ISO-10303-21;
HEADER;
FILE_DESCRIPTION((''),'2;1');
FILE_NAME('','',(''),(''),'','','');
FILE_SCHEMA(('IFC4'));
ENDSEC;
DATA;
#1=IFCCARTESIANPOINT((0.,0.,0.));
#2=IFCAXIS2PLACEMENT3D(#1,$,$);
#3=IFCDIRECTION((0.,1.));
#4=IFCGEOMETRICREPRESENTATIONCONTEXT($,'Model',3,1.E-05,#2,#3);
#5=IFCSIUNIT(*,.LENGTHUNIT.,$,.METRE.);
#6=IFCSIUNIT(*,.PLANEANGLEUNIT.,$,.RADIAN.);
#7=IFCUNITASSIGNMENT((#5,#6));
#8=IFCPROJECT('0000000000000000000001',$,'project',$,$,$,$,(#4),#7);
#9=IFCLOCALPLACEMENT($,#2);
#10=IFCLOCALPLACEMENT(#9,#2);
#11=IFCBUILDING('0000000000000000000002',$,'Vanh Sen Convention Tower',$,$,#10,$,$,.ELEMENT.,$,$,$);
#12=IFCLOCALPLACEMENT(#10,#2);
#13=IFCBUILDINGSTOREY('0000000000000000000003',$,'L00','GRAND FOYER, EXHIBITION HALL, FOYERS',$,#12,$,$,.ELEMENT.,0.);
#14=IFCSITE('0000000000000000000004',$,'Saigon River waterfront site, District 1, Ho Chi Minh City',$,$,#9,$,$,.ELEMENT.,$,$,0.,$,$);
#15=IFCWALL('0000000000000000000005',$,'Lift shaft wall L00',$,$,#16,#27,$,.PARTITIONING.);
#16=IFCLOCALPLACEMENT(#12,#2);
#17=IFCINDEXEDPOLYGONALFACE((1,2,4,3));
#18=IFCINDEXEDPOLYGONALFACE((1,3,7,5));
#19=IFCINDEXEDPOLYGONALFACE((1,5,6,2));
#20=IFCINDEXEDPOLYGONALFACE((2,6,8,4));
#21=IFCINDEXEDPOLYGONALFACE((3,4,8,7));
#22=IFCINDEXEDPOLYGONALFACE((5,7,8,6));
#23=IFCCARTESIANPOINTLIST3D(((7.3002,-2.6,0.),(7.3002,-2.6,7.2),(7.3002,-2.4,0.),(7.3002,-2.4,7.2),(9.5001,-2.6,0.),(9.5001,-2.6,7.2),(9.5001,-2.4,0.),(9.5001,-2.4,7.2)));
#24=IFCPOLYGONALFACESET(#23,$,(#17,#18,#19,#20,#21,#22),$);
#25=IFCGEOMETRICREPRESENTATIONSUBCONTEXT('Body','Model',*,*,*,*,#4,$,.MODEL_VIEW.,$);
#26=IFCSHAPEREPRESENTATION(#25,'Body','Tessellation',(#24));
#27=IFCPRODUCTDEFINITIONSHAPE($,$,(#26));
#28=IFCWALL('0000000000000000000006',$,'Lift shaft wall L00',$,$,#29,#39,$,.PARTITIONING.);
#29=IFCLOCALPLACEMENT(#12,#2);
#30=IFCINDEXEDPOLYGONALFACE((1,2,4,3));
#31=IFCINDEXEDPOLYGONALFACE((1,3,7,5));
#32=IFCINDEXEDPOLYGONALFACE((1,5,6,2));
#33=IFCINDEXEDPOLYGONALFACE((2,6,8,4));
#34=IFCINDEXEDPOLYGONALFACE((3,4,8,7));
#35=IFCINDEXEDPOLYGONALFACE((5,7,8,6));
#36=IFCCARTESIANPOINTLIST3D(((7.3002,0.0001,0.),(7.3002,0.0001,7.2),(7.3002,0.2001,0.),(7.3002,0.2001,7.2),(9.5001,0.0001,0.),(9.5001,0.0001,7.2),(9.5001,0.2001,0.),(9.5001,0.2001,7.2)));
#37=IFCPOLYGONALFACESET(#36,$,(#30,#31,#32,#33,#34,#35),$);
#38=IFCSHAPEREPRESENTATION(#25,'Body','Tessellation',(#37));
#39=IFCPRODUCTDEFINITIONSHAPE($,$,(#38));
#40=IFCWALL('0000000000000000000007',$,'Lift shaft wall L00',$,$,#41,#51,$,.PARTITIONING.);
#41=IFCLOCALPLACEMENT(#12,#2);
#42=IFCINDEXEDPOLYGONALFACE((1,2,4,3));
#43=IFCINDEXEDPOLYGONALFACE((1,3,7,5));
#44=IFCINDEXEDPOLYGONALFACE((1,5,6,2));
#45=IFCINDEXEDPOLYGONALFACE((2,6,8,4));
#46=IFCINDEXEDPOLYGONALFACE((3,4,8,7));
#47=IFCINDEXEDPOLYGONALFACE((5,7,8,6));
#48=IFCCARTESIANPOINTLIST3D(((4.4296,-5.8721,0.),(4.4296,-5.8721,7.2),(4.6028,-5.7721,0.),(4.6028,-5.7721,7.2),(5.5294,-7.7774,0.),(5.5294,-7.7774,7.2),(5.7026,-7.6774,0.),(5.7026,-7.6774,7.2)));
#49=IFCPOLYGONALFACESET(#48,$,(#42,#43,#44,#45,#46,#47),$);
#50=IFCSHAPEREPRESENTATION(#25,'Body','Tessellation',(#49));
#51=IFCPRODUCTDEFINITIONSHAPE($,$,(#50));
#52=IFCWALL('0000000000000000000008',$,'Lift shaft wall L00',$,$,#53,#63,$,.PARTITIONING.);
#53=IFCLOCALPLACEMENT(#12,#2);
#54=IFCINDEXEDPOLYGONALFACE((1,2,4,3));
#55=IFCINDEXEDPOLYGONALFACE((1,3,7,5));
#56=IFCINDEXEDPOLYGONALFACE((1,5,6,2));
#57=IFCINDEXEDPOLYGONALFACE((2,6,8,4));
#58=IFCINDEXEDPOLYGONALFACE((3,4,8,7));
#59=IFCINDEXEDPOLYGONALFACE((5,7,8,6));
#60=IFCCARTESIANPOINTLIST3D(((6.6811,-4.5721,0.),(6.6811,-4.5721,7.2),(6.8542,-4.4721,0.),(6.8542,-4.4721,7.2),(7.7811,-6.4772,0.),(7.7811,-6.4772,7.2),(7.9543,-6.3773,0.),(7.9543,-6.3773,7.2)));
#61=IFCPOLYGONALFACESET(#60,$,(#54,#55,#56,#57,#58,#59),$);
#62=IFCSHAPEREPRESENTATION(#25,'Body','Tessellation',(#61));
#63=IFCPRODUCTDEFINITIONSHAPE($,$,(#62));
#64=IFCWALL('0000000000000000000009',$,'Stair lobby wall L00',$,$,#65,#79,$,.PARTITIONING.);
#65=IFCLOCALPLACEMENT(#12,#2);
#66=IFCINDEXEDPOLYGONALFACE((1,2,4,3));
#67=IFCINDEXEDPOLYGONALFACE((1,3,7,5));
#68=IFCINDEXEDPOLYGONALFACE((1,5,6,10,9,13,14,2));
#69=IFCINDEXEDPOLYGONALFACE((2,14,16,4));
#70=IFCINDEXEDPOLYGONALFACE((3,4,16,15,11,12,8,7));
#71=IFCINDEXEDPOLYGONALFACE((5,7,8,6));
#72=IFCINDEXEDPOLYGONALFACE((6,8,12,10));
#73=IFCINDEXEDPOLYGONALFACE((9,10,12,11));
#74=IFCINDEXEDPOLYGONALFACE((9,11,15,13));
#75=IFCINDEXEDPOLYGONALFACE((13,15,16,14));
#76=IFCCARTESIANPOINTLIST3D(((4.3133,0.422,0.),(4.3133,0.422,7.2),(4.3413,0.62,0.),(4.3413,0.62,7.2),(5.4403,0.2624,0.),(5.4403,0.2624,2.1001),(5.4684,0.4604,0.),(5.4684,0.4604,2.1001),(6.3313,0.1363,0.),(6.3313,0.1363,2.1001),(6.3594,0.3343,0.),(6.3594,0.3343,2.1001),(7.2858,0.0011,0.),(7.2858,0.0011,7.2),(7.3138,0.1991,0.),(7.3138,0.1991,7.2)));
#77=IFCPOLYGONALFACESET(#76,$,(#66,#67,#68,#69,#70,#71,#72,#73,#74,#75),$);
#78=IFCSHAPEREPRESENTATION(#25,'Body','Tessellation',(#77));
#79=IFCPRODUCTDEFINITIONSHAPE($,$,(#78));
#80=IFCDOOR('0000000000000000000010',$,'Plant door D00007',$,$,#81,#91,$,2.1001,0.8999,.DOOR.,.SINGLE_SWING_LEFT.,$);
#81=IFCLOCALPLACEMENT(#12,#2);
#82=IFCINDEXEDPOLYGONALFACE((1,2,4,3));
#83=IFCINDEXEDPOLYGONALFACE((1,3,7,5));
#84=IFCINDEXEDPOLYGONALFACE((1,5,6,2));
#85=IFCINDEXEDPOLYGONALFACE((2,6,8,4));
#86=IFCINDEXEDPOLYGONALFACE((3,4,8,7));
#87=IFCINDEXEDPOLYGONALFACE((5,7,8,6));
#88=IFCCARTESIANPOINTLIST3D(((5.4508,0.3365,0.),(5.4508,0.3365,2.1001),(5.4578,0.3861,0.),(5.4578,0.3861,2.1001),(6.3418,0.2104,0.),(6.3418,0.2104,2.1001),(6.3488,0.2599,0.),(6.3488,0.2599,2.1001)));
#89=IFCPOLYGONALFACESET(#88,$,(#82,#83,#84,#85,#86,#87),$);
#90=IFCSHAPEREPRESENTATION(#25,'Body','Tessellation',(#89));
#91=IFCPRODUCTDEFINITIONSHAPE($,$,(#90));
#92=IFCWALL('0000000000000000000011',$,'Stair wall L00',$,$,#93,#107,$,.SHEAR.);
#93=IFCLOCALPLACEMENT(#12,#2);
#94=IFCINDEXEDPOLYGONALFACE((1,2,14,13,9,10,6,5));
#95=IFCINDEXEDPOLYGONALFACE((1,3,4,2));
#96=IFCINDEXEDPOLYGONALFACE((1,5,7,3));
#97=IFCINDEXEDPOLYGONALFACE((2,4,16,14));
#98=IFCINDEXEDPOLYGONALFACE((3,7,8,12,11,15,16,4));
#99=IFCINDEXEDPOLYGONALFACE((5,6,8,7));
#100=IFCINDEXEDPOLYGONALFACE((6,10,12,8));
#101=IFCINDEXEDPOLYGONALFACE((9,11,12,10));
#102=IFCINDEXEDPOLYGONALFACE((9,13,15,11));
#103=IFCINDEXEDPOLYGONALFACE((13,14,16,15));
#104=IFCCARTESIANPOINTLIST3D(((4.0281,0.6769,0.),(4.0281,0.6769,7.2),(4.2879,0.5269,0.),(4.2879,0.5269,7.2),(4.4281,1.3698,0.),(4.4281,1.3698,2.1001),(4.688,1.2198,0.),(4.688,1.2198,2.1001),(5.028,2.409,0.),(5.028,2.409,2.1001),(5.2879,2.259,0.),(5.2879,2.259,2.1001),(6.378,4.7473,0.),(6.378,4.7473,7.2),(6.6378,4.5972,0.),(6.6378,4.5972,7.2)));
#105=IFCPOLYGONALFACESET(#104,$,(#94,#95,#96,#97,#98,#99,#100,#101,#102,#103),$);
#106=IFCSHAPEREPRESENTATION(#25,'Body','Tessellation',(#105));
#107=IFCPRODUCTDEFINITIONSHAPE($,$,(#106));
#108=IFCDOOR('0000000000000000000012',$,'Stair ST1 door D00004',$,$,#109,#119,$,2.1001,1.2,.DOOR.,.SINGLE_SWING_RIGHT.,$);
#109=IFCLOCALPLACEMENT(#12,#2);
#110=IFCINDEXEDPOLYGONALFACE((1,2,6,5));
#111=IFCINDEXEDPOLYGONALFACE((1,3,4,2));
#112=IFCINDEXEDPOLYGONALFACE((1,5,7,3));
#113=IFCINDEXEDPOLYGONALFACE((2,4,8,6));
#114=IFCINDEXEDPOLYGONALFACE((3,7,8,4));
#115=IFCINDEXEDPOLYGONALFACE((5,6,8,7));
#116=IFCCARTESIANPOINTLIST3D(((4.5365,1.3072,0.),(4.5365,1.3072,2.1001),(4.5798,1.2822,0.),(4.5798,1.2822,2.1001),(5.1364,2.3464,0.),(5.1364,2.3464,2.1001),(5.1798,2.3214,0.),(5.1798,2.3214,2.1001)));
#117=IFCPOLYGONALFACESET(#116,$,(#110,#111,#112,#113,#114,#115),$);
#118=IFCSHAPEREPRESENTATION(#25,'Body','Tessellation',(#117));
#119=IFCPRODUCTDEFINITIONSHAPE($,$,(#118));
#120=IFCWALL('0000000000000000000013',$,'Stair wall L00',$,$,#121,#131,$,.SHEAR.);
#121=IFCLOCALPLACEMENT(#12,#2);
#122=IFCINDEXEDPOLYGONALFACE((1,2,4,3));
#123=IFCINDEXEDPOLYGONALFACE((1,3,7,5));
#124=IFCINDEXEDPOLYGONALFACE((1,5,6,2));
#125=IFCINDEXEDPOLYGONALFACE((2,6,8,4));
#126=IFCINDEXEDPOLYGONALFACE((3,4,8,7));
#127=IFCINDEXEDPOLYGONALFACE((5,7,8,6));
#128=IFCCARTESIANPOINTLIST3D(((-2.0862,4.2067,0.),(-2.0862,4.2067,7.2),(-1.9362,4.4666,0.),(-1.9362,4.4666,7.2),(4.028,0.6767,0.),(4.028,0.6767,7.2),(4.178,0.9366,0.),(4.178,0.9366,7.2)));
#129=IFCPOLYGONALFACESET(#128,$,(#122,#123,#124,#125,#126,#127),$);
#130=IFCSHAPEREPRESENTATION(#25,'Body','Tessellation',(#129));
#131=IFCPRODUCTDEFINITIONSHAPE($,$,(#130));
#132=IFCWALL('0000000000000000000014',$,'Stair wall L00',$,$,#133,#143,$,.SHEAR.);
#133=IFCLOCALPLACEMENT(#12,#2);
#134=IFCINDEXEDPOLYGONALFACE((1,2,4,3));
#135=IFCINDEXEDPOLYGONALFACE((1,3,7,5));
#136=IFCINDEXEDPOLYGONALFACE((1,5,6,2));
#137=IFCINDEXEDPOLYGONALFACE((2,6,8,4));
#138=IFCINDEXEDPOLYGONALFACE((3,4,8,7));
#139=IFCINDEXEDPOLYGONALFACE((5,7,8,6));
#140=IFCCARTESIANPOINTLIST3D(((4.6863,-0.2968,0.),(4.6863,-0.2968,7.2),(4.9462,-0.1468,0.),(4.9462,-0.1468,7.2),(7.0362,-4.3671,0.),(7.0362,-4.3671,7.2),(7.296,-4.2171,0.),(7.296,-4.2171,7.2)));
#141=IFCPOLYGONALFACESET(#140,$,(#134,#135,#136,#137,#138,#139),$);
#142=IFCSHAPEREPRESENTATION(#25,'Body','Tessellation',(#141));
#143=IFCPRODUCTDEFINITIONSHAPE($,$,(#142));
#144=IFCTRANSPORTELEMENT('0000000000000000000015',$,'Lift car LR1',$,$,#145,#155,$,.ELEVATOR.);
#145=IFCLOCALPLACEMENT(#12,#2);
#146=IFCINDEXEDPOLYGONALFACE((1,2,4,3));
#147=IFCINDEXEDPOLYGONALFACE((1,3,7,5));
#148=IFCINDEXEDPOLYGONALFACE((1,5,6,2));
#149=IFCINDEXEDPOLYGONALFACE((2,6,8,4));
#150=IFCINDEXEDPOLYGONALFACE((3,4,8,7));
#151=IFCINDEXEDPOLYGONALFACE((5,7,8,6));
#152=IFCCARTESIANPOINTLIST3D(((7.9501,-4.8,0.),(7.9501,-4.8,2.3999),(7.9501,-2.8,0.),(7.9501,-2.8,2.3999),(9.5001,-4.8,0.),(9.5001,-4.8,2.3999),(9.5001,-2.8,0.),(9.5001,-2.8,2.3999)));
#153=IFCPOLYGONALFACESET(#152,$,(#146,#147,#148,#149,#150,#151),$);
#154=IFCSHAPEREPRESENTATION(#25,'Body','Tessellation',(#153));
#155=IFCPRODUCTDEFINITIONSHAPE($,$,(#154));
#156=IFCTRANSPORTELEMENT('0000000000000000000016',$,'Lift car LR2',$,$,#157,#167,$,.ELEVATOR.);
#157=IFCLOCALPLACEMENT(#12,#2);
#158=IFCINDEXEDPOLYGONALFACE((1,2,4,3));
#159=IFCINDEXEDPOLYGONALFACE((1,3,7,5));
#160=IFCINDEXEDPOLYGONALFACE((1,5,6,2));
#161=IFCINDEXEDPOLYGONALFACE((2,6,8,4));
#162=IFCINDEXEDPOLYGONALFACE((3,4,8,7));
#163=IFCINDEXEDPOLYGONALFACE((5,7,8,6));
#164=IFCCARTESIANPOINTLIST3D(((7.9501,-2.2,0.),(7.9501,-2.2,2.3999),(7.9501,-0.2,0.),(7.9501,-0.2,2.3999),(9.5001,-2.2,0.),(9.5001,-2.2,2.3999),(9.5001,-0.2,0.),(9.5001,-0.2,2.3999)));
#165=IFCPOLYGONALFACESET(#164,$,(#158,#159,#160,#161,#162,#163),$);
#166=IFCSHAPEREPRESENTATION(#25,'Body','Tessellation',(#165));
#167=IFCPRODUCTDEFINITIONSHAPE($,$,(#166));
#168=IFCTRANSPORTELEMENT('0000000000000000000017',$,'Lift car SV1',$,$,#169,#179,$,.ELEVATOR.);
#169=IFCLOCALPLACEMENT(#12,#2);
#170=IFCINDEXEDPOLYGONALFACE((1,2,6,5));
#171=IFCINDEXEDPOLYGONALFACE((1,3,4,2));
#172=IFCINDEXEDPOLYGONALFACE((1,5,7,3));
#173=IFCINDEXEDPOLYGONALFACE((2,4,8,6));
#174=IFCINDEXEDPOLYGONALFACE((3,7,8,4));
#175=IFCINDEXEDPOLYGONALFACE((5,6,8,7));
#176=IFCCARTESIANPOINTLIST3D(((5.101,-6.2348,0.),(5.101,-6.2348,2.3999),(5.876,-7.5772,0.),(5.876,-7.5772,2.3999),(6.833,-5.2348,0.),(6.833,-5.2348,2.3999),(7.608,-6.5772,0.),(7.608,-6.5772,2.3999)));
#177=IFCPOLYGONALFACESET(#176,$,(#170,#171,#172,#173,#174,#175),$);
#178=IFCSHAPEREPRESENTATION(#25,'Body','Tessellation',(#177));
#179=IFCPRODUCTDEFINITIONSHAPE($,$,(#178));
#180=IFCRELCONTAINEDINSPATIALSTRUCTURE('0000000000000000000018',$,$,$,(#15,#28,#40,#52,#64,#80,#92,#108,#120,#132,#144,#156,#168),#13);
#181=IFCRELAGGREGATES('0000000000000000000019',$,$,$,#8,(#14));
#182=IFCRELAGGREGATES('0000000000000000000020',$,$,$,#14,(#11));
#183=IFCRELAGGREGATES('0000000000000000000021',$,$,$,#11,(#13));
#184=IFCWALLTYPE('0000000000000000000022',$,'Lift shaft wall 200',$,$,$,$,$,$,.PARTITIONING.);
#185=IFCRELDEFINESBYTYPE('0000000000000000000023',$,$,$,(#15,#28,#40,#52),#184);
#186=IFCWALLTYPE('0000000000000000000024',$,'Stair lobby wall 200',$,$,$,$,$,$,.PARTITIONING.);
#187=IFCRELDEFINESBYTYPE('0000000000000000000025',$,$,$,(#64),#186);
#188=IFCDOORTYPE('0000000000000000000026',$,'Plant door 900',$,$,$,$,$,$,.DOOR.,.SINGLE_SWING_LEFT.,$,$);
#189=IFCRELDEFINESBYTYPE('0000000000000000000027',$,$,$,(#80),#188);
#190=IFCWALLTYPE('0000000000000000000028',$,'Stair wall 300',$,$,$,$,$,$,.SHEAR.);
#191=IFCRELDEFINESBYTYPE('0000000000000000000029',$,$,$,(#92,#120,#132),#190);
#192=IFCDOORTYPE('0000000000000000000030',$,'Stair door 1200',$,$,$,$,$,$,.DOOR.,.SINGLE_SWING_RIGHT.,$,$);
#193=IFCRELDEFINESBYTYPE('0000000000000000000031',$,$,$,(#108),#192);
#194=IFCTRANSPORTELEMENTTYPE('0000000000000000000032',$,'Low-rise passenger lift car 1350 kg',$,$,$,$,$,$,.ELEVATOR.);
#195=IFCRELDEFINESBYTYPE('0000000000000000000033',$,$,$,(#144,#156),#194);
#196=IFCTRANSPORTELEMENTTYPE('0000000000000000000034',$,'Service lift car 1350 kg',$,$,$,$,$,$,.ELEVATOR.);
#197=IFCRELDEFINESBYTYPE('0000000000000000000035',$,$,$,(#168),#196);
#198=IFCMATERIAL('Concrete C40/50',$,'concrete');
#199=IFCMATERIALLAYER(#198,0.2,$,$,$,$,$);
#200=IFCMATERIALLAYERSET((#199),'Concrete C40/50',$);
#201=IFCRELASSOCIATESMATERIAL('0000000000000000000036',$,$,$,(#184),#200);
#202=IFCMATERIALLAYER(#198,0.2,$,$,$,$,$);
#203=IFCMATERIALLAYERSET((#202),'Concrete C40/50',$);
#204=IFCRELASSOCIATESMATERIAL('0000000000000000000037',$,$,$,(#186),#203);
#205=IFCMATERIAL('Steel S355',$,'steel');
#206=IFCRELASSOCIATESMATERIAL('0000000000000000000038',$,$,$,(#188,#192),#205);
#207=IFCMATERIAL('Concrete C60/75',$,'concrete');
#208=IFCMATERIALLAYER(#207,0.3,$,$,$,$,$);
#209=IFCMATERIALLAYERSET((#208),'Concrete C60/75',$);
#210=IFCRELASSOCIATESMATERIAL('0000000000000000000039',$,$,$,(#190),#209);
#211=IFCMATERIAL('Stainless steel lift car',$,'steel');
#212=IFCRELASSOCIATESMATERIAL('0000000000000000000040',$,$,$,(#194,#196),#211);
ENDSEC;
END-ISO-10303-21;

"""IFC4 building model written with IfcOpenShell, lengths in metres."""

from ifc_helpers import new_model, si_unit, direction, frame, frame_2d, origin, origin_2d, place, context, subcontext, project, spatial, rectangle, extrude, material, layer, layer_set, type_object, element, fill, save


model = new_model("IFC4")

# Units and contexts
model_context = context("Model", 3, precision=1e-05, world=origin(), true_north=direction((0.0, 1.0)))
body_context = subcontext(model_context, "Body", "Model", "MODEL_VIEW")
ifc_project = project(units=[si_unit("LENGTHUNIT", "METRE"), si_unit("PLANEANGLEUNIT", "RADIAN")], contexts=[model_context])

# Site, building, storey
site_placement = place(None, origin())
site = spatial("IfcSite", under=ifc_project, at=site_placement, Name="Saigon River waterfront site, District 1, Ho Chi Minh City", CompositionType="ELEMENT", RefElevation=0.0)
building_placement = place(site_placement, origin())
building = spatial("IfcBuilding", under=site, at=building_placement, Name="Vanh Sen Convention Tower", CompositionType="ELEMENT")
storey_placement = place(building_placement, origin())
storey = spatial("IfcBuildingStorey", under=building, at=storey_placement, Name="L00", Description="GRAND FOYER, EXHIBITION HALL, FOYERS", CompositionType="ELEMENT", Elevation=0.0)

# Shared definitions
ifc_material_1 = material(Name="Concrete C40/50", Category="concrete")

# Shared definitions
ifc_material_2 = material(Name="Steel S355", Category="steel")

# Shared definitions
ifc_material_3 = material(Name="Concrete C60/75", Category="concrete")

# Walls
ifc_layer_1 = layer(ifc_material_1, 0.2)
ifc_layer_set_1 = layer_set([ifc_layer_1], Name="Concrete C40/50")
wall_type_1 = type_object("IfcWallType", Name="Lift shaft wall 200", PredefinedType="PARTITIONING", material=ifc_layer_set_1)
for number, where, z_axis, x_axis, name in (
    (1, (7.3, -2.5, 0.0), (0.0, 0.0, 1.0), (1.0, 0.0, 0.0), "Lift shaft wall L00"),
    (2, (7.3, 0.1001, 0.0), (0.0, 0.0, 1.0), (1.0, 0.0, 0.0), "Lift shaft wall L00"),
    (3, (4.5161, -5.822, 0.0), (0.0, 0.0, 1.0), (0.499947, -0.866056, 0.0), "Lift shaft wall L00"),
    (4, (6.7676, -4.522, 0.0), (0.0, 0.0, 1.0), (0.50003, -0.866008, 0.0), "Lift shaft wall L00"),
):
    element("IfcWall", number, at=place(storey_placement, frame(where, z_axis=z_axis, x_axis=x_axis)), inside=storey, type_object=wall_type_1, Name=name, PredefinedType="PARTITIONING", context=body_context, shape_type="SweptSolid", body=[
        extrude(rectangle(XDim=2.2, YDim=0.2, at=frame_2d((1.1001, 0.0))), origin(), (0.0, 0.0, 1.0), 7.2),
    ])

# Walls, openings, doors
ifc_layer_2 = layer(ifc_material_1, 0.2)
ifc_layer_set_2 = layer_set([ifc_layer_2], Name="Concrete C40/50")
wall_type_2 = type_object("IfcWallType", Name="Stair lobby wall 200", PredefinedType="PARTITIONING", material=ifc_layer_set_2)
wall_1_placement = place(storey_placement, frame((4.3274, 0.521, 0.0), z_axis=(0.0, 0.0, 1.0), x_axis=(0.990124, -0.140192, 0.0)))
wall_1 = element("IfcWall", 5, at=wall_1_placement, inside=storey, type_object=wall_type_2, Name="Stair lobby wall L00", PredefinedType="PARTITIONING", context=body_context, shape_type="SweptSolid", body=[
    extrude(rectangle(XDim=3.0022, YDim=0.2, at=frame_2d((1.501, 0.0))), origin(), (0.0, 0.0, 1.0), 7.2),
])
opening_1_placement = place(wall_1_placement, frame((1.1382, 0.0, 0.0)))
opening_1 = element("IfcOpeningElement", 6, at=opening_1_placement, cuts=wall_1, PredefinedType="OPENING", context=body_context, shape_type="SweptSolid", body=[
    extrude(rectangle(XDim=0.8999, YDim=2.1001, at=frame_2d((0.45, 1.05))), frame((0.0, 0.1099, 0.0), z_axis=(0.0, -1.0, 0.0), x_axis=(1.0, 0.0, 0.0)), (0.0, 0.0, 1.0), 0.22),
])
door_type_1 = type_object("IfcDoorType", Name="Plant door 900", OperationType="SINGLE_SWING_LEFT", PredefinedType="DOOR", material=ifc_material_2)
door_1_placement = place(opening_1_placement, origin())
door_1 = element("IfcDoor", 7, at=door_1_placement, inside=storey, type_object=door_type_1, Name="Plant door D00007", OperationType="SINGLE_SWING_LEFT", OverallHeight=2.1001, OverallWidth=0.8999, PredefinedType="DOOR", context=body_context, shape_type="SweptSolid", body=[
    extrude(rectangle(XDim=0.8999, YDim=2.1001, at=frame_2d((0.45, 1.05))), frame((0.0, 0.0249, 0.0), z_axis=(0.0, -1.0, 0.0), x_axis=(1.0, 0.0, 0.0)), (0.0, 0.0, 1.0), 0.05),
])
fill(opening_1, door_1)
ifc_layer_3 = layer(ifc_material_3, 0.3)
ifc_layer_set_3 = layer_set([ifc_layer_3], Name="Concrete C60/75")
wall_type_3 = type_object("IfcWallType", Name="Stair wall 300", PredefinedType="SHEAR", material=ifc_layer_set_3)
wall_2_placement = place(storey_placement, frame((4.158, 0.6018, 0.0), z_axis=(0.0, 0.0, 1.0), x_axis=(0.499977, 0.866039, 0.0)))
wall_2 = element("IfcWall", 8, at=wall_2_placement, inside=storey, type_object=wall_type_3, Name="Stair wall L00", PredefinedType="SHEAR", context=body_context, shape_type="SweptSolid", body=[
    extrude(rectangle(XDim=4.7, YDim=0.3, at=frame_2d((2.3501, 0.0))), origin(), (0.0, 0.0, 1.0), 7.2),
])
opening_2_placement = place(wall_2_placement, frame((0.8, 0.0, 0.0)))
opening_2 = element("IfcOpeningElement", 9, at=opening_2_placement, cuts=wall_2, PredefinedType="OPENING", context=body_context, shape_type="SweptSolid", body=[
    extrude(rectangle(XDim=1.2, YDim=2.1001, at=frame_2d((0.6001, 1.05))), frame((0.0, 0.1599, 0.0), z_axis=(0.0, -1.0, 0.0), x_axis=(1.0, 0.0, 0.0)), (0.0, 0.0, 1.0), 0.3201),
])
door_type_2 = type_object("IfcDoorType", Name="Stair door 1200", OperationType="SINGLE_SWING_RIGHT", PredefinedType="DOOR", material=ifc_material_2)
door_2_placement = place(opening_2_placement, origin())
door_2 = element("IfcDoor", 10, at=door_2_placement, inside=storey, type_object=door_type_2, Name="Stair ST1 door D00004", OperationType="SINGLE_SWING_RIGHT", OverallHeight=2.1001, OverallWidth=1.2, PredefinedType="DOOR", context=body_context, shape_type="SweptSolid", body=[
    extrude(rectangle(XDim=1.2, YDim=2.1001, at=frame_2d((0.6001, 1.05))), frame((0.0, 0.0249, 0.0), z_axis=(0.0, -1.0, 0.0), x_axis=(1.0, 0.0, 0.0)), (0.0, 0.0, 1.0), 0.05),
])
fill(opening_2, door_2)

# Walls
wall_3_placement = place(storey_placement, frame((4.103, 0.8066, 0.0), z_axis=(0.0, 0.0, 1.0), x_axis=(-0.866028, 0.499996, 0.0)))
element("IfcWall", 11, at=wall_3_placement, inside=storey, type_object=wall_type_3, Name="Stair wall L00", PredefinedType="SHEAR", context=body_context, shape_type="SweptSolid", body=[
    extrude(rectangle(XDim=7.0601, YDim=0.3, at=frame_2d((3.53, 0.0))), origin(), (0.0, 0.0, 1.0), 7.2),
])
wall_4_placement = place(storey_placement, frame((4.8162, -0.2217, 0.0), z_axis=(0.0, 0.0, 1.0), x_axis=(0.499977, -0.866039, 0.0)))
element("IfcWall", 12, at=wall_4_placement, inside=storey, type_object=wall_type_3, Name="Stair wall L00", PredefinedType="SHEAR", context=body_context, shape_type="SweptSolid", body=[
    extrude(rectangle(XDim=4.7, YDim=0.3, at=frame_2d((2.3501, 0.0))), origin(), (0.0, 0.0, 1.0), 7.2),
])

# Transport elements
ifc_material_4 = material(Name="Stainless steel lift car", Category="steel")
transport_element_type_1 = type_object("IfcTransportElementType", Name="Low-rise passenger lift car 1350 kg", PredefinedType="ELEVATOR", material=ifc_material_4)
for number, where, z_axis, x_axis, name in (
    (13, (8.7251, -3.8, 0.0), (0.0, 0.0, 1.0), (0.0, 1.0, 0.0), "Lift car LR1"),
    (14, (8.7251, -1.2, 0.0), (0.0, 0.0, 1.0), (0.0, 1.0, 0.0), "Lift car LR2"),
):
    element("IfcTransportElement", number, at=place(storey_placement, frame(where, z_axis=z_axis, x_axis=x_axis)), inside=storey, type_object=transport_element_type_1, Name=name, PredefinedType="ELEVATOR", context=body_context, shape_type="SweptSolid", body=[
        extrude(rectangle(XDim=2.0, YDim=1.55, at=origin_2d()), origin(), (0.0, 0.0, 1.0), 2.3999),
    ])
transport_element_type_2 = type_object("IfcTransportElementType", Name="Service lift car 1350 kg", PredefinedType="ELEVATOR", material=ifc_material_4)
transport_element_placement = place(storey_placement, frame((6.3545, -6.406, 0.0), z_axis=(0.0, 0.0, 1.0), x_axis=(0.866025, 0.5, 0.0)))
element("IfcTransportElement", 15, at=transport_element_placement, inside=storey, type_object=transport_element_type_2, Name="Lift car SV1", PredefinedType="ELEVATOR", context=body_context, shape_type="SweptSolid", body=[
    extrude(rectangle(XDim=2.0, YDim=1.55, at=origin_2d()), origin(), (0.0, 0.0, 1.0), 2.3999),
])

save(model, "model.ifc")
